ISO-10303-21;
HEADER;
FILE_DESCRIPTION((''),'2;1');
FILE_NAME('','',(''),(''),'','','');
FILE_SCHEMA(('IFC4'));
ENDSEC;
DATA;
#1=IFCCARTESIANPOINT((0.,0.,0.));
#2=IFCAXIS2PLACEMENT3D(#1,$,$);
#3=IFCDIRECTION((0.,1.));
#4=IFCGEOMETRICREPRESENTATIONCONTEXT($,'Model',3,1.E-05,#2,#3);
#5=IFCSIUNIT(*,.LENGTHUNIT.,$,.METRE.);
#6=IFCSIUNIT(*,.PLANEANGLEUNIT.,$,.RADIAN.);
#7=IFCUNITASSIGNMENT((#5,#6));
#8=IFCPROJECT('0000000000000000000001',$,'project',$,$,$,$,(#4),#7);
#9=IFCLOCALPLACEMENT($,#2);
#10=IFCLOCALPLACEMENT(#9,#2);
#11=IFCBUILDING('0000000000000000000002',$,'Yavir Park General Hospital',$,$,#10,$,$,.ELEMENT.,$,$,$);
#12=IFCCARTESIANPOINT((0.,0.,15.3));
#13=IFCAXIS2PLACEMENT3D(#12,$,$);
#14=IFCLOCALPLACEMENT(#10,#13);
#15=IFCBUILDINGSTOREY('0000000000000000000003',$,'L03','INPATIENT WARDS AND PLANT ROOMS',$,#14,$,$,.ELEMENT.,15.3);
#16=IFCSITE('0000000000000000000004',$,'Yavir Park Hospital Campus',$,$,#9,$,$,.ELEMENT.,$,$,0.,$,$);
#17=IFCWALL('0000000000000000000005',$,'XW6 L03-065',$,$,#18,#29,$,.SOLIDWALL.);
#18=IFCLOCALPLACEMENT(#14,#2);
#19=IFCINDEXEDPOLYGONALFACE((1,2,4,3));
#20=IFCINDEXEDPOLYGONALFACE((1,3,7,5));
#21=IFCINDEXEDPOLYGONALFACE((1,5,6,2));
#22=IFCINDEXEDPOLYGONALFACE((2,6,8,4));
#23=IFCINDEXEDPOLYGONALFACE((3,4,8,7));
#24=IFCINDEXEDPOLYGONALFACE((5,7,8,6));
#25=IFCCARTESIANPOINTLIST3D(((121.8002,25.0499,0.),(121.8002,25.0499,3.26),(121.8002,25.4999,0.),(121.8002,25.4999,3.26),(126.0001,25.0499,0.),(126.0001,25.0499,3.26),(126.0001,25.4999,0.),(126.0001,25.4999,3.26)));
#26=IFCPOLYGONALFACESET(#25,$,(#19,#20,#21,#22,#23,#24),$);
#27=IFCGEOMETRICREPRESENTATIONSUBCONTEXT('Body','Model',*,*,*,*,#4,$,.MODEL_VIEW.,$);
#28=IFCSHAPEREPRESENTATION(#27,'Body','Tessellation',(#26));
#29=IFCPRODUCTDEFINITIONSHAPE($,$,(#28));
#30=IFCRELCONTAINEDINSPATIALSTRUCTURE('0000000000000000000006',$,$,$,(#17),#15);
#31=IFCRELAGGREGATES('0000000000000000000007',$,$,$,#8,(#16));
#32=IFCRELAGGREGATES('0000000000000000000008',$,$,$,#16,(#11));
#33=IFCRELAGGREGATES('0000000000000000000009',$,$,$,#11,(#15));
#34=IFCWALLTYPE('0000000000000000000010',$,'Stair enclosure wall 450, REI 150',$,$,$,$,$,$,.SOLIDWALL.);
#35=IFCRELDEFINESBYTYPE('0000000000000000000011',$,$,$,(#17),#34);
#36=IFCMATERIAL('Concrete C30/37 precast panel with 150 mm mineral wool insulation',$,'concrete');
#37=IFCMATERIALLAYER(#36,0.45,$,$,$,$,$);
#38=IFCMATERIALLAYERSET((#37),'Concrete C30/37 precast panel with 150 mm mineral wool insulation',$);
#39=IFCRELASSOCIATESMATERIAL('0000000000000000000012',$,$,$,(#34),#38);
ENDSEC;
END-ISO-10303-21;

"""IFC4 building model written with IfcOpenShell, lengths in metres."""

from ifc_helpers import new_model, si_unit, direction, frame, frame_2d, origin, place, context, subcontext, project, spatial, rectangle, extrude, material, layer, layer_set, type_object, element, save


model = new_model("IFC4")

# Units and contexts
model_context = context("Model", 3, precision=1e-05, world=origin(), true_north=direction((0.0, 1.0)))
body_context = subcontext(model_context, "Body", "Model", "MODEL_VIEW")
ifc_project = project(units=[si_unit("LENGTHUNIT", "METRE"), si_unit("PLANEANGLEUNIT", "RADIAN")], contexts=[model_context])

# Site, building, storey
site_placement = place(None, origin())
site = spatial("IfcSite", under=ifc_project, at=site_placement, Name="Yavir Park Hospital Campus", CompositionType="ELEMENT", RefElevation=0.0)
building_placement = place(site_placement, origin())
building = spatial("IfcBuilding", under=site, at=building_placement, Name="Yavir Park General Hospital", CompositionType="ELEMENT")
storey_placement = place(building_placement, frame((0.0, 0.0, 15.3)))
storey = spatial("IfcBuildingStorey", under=building, at=storey_placement, Name="L03", Description="INPATIENT WARDS AND PLANT ROOMS", CompositionType="ELEMENT", Elevation=15.3)

# Wall
ifc_material_1 = material(Name="Concrete C30/37 precast panel with 150 mm mineral wool insulation", Category="concrete")
ifc_layer_1 = layer(ifc_material_1, 0.45)
ifc_layer_set_1 = layer_set([ifc_layer_1], Name="Concrete C30/37 precast panel with 150 mm mineral wool insulation")
wall_type_1 = type_object("IfcWallType", Name="Stair enclosure wall 450, REI 150", PredefinedType="SOLIDWALL", material=ifc_layer_set_1)
for number, where, z_axis, x_axis, name in (
    (1, (121.8, 25.2749, 0.0), (0.0, 0.0, 1.0), (1.0, 0.0, 0.0), "XW6 L03-065"),
):
    element("IfcWall", number, at=place(storey_placement, frame(where, z_axis=z_axis, x_axis=x_axis)), inside=storey, type_object=wall_type_1, Name=name, PredefinedType="SOLIDWALL", context=body_context, shape_type="SweptSolid", body=[
        extrude(rectangle(XDim=4.2, YDim=0.45, at=frame_2d((2.1001, 0.0))), origin(), (0.0, 0.0, 1.0), 3.26),
    ])

save(model, "model.ifc")
